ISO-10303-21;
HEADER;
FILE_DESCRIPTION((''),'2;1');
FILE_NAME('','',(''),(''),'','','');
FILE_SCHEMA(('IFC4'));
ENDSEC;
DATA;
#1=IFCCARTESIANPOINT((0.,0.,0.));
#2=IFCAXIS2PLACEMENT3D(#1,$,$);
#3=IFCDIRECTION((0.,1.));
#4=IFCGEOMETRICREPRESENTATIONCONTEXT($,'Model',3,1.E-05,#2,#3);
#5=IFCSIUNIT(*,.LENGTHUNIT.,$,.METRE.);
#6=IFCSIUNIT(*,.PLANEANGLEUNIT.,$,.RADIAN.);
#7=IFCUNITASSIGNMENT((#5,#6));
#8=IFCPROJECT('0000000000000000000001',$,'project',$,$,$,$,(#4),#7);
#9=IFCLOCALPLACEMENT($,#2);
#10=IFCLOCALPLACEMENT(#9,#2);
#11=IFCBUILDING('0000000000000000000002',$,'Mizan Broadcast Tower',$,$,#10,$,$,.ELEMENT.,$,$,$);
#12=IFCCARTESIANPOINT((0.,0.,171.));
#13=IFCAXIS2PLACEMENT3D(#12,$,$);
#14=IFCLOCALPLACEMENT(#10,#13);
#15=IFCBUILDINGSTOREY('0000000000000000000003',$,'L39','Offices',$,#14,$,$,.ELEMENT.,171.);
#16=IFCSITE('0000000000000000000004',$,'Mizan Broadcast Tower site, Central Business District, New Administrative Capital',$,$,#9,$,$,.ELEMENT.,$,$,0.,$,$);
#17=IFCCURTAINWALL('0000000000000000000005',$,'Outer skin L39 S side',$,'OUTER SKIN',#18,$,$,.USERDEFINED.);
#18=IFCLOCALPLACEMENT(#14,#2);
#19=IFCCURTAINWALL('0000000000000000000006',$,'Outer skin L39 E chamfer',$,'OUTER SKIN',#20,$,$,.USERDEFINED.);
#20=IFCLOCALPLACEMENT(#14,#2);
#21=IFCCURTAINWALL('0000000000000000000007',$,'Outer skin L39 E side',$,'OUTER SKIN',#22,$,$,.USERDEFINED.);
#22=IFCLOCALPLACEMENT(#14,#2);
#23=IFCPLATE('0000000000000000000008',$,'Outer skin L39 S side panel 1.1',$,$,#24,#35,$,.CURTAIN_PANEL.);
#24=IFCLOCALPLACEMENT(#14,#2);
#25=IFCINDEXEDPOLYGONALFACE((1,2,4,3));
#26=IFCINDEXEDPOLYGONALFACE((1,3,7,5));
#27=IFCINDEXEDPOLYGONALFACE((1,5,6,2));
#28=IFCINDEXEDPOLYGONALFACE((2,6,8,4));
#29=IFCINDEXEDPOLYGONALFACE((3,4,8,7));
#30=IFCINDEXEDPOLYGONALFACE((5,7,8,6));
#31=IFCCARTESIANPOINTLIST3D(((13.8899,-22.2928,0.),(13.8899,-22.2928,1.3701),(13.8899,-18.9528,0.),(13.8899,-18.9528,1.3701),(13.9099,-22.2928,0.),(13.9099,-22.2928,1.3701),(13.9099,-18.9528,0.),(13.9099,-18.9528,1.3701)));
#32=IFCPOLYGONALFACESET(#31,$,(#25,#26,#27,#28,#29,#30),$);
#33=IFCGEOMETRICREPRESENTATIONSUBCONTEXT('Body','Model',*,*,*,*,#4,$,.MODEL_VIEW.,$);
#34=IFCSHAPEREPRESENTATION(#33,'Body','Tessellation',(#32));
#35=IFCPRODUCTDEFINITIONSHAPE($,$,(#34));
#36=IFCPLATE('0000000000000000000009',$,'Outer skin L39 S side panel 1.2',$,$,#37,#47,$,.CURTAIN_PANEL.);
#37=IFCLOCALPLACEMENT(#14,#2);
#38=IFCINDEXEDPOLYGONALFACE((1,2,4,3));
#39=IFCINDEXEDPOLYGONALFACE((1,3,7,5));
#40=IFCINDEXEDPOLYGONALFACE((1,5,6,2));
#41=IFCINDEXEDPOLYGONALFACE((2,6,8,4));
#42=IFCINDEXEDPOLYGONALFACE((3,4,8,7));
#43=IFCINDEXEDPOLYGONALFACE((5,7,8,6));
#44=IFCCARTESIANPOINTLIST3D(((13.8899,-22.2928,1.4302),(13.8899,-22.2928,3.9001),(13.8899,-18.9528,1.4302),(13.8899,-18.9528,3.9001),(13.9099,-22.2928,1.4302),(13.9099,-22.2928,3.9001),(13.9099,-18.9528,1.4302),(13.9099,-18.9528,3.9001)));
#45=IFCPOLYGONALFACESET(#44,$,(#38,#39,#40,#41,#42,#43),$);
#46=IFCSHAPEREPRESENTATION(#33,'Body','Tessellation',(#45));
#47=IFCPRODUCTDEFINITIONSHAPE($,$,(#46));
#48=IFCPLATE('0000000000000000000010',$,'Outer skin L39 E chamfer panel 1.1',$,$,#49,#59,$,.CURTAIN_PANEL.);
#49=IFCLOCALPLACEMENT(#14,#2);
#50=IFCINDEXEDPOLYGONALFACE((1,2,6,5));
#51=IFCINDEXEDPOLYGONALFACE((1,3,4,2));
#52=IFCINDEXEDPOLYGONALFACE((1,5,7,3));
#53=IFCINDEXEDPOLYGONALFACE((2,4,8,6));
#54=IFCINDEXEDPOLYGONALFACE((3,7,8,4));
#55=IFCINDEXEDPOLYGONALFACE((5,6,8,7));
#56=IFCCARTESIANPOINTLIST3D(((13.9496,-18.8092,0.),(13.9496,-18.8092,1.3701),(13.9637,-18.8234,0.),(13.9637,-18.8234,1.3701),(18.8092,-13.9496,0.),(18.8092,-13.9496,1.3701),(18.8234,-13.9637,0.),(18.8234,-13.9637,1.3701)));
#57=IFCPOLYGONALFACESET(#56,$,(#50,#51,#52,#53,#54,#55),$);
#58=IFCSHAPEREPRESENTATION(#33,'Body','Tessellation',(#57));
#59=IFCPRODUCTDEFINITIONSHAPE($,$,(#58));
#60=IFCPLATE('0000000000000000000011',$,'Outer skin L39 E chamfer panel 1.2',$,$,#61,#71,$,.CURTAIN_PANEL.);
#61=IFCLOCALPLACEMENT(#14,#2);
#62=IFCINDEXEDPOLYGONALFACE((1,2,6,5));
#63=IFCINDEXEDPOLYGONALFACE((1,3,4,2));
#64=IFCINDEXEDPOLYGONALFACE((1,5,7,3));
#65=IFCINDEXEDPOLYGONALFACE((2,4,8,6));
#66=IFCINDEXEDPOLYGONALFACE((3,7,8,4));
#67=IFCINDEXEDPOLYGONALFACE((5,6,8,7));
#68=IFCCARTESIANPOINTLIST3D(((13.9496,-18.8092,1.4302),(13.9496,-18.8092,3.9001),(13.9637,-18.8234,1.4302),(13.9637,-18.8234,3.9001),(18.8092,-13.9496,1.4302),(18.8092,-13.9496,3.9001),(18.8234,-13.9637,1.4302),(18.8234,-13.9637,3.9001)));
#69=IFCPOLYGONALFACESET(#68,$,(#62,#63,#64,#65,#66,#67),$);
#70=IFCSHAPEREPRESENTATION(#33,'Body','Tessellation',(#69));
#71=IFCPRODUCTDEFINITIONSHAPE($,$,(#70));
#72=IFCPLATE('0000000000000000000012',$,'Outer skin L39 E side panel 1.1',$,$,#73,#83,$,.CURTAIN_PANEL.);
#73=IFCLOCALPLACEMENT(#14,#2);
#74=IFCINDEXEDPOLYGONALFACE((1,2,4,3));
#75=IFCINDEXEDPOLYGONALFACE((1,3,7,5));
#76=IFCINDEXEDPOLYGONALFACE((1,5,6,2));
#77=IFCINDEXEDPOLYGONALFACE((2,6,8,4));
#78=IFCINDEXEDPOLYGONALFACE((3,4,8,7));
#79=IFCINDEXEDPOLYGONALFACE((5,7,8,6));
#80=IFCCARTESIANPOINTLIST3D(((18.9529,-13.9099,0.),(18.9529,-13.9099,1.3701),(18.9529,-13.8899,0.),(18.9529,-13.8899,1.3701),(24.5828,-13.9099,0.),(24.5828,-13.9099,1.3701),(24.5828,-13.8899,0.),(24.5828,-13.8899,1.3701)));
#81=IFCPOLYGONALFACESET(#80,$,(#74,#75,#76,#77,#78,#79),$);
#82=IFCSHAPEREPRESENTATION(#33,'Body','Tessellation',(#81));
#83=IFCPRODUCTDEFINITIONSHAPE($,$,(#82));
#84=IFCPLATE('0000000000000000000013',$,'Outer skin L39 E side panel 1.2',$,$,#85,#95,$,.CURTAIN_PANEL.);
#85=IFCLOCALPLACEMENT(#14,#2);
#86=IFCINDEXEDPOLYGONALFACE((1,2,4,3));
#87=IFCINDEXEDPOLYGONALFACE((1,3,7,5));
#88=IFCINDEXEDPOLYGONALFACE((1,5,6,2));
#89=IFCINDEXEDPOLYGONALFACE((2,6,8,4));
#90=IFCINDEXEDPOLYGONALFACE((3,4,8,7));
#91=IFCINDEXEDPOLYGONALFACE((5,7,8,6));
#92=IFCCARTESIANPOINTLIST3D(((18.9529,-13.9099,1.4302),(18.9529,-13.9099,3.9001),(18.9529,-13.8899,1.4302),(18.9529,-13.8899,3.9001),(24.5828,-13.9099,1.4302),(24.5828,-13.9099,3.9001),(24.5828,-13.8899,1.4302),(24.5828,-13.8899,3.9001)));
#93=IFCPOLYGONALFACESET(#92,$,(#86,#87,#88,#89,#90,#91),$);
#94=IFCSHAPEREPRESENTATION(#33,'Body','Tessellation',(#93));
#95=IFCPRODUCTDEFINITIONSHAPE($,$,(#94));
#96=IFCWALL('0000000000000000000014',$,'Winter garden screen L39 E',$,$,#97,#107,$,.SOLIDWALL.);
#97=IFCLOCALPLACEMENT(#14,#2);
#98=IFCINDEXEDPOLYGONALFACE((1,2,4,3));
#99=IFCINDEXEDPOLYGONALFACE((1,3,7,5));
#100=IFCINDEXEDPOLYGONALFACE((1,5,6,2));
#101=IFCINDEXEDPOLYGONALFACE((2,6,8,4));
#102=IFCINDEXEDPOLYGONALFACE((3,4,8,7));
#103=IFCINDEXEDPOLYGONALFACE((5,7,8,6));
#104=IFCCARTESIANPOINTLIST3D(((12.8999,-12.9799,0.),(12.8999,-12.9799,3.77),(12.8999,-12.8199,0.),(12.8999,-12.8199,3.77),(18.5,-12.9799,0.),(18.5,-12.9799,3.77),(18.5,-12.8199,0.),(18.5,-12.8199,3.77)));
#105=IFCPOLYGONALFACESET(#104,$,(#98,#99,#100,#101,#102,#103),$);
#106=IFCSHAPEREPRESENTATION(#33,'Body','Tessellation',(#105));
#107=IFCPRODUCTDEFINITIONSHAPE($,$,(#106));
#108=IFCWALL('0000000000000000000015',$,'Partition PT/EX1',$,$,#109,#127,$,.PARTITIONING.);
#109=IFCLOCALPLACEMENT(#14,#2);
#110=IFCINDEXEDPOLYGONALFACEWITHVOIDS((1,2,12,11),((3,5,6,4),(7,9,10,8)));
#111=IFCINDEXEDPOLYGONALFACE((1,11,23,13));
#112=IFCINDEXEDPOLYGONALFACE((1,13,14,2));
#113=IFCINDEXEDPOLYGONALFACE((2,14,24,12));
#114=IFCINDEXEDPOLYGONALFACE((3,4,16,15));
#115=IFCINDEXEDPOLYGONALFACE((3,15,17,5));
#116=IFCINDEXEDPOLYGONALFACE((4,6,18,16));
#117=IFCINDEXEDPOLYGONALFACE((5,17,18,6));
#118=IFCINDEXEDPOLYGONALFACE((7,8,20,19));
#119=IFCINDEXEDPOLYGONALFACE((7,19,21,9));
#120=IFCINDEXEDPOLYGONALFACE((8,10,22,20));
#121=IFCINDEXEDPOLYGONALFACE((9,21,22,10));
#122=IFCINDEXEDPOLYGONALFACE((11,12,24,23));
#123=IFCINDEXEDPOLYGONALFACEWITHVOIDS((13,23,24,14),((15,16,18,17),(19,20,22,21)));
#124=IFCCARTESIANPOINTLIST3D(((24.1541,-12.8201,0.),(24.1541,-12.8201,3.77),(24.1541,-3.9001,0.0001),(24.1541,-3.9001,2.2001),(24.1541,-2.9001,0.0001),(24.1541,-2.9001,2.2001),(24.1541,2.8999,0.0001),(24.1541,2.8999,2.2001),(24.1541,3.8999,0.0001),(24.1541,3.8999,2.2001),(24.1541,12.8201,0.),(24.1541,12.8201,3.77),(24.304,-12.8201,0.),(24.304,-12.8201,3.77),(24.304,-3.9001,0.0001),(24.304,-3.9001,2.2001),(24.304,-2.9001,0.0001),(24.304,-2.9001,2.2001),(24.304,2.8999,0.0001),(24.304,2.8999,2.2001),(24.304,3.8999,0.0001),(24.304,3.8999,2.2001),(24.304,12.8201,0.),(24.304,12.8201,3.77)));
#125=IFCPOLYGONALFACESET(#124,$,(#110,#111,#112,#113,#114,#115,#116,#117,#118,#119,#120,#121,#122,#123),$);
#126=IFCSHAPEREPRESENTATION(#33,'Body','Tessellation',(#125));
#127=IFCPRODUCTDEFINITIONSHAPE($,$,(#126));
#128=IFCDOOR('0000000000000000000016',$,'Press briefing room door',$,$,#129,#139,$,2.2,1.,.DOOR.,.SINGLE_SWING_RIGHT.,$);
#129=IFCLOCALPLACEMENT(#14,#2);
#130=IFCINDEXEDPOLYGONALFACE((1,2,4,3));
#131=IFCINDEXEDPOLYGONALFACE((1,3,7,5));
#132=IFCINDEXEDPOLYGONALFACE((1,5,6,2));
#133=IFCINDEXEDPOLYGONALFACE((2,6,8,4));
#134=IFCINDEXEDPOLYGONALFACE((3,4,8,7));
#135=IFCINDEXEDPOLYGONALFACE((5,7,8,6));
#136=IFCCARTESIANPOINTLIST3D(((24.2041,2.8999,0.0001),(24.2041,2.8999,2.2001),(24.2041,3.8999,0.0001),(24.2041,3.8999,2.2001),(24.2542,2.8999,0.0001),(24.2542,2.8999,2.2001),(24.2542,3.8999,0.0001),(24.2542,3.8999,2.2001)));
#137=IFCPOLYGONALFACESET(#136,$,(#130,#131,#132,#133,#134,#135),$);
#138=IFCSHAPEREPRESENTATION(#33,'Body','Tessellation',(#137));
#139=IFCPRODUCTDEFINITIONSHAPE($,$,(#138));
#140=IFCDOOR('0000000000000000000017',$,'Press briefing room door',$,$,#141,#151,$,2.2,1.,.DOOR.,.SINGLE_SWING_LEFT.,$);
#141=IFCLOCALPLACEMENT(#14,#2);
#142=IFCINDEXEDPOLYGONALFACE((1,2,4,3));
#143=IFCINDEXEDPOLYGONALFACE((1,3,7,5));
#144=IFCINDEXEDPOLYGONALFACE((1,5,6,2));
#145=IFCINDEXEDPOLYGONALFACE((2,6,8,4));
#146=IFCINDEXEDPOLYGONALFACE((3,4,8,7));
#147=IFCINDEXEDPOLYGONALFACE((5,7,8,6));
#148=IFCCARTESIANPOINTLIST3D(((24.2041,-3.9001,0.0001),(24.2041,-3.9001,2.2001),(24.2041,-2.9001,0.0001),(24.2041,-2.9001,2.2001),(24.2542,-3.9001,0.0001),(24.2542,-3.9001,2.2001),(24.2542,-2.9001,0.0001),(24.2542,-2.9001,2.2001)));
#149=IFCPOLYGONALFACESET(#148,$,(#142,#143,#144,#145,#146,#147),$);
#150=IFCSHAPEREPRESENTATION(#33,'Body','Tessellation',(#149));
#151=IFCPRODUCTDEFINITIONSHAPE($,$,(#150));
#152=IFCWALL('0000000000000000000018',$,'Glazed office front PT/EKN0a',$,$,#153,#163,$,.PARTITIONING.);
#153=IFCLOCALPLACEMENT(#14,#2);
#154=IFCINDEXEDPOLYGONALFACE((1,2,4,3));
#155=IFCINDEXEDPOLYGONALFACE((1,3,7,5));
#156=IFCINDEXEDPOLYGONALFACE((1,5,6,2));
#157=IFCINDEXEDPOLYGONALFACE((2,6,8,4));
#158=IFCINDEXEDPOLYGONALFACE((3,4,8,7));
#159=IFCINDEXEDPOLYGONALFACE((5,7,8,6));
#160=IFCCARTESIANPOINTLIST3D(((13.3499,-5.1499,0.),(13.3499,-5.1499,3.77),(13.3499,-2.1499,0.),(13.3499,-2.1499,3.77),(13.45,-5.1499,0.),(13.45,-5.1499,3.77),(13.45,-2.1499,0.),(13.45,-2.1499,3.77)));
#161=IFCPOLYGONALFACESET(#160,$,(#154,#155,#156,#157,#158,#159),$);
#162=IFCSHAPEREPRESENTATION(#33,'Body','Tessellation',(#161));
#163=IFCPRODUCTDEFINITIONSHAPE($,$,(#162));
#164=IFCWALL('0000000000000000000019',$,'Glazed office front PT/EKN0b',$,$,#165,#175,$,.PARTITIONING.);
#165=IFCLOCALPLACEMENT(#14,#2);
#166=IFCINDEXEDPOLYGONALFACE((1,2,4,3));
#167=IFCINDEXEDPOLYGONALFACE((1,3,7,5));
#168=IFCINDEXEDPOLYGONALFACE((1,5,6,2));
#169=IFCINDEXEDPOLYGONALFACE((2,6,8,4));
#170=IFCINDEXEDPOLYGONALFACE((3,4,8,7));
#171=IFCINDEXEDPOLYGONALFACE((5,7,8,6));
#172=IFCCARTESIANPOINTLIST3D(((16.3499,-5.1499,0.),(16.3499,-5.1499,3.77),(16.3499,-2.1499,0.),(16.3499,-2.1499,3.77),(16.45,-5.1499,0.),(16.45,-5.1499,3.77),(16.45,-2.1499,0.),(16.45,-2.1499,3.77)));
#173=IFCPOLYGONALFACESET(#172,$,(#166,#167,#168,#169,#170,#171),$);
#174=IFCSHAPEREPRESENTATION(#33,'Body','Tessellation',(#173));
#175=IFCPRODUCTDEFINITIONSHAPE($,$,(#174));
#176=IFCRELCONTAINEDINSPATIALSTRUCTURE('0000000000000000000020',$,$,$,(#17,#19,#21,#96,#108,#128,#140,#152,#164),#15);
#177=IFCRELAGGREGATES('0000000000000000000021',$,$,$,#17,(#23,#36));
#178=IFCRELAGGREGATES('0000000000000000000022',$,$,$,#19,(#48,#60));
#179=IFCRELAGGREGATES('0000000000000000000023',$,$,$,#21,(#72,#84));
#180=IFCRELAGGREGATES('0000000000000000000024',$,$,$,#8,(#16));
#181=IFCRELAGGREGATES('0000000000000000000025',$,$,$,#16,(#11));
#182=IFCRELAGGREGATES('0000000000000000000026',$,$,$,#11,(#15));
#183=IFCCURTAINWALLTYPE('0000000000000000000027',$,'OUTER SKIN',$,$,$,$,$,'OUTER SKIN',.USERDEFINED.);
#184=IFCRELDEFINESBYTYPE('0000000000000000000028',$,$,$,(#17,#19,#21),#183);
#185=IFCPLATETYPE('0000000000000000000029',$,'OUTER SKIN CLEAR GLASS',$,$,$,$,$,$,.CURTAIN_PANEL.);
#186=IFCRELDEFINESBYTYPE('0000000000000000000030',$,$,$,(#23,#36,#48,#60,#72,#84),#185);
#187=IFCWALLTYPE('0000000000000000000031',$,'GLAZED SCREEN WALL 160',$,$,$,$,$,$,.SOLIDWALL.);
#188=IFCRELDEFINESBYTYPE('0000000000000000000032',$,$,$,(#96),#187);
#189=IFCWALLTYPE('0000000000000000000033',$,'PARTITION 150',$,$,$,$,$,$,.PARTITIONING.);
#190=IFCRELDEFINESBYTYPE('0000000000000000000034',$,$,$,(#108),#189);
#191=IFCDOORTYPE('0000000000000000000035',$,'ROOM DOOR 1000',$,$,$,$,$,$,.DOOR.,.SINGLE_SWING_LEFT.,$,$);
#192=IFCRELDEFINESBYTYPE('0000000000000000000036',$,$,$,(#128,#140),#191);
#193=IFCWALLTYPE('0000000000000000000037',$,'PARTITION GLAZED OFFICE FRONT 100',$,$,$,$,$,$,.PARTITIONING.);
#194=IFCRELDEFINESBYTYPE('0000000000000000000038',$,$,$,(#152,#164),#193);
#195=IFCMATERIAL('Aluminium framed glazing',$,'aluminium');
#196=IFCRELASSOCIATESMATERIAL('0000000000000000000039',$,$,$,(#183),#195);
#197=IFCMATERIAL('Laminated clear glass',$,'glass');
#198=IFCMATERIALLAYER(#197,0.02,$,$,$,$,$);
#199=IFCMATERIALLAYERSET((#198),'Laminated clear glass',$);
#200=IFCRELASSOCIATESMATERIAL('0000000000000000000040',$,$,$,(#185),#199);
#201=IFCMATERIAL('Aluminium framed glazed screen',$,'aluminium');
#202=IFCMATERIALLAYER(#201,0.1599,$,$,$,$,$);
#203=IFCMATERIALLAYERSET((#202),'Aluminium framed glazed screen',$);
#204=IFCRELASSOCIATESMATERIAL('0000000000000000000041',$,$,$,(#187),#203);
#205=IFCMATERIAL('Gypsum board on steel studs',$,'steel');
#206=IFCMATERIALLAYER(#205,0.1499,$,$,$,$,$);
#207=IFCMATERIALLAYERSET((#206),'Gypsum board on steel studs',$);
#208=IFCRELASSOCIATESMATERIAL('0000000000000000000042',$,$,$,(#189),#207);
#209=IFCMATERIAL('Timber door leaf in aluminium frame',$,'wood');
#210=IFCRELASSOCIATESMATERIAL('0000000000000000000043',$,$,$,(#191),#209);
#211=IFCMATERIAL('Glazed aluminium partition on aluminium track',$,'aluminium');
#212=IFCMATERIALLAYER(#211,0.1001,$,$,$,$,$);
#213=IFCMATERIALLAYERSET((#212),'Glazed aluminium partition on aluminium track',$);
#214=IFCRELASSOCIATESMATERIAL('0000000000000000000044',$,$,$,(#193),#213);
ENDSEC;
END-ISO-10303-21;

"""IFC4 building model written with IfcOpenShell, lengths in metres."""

from ifc_helpers import new_model, si_unit, direction, frame, frame_2d, origin, origin_2d, place, context, subcontext, project, spatial, rectangle, extrude, material, layer, layer_set, type_object, element, fill, aggregate, save


model = new_model("IFC4")

# Units and contexts
model_context = context("Model", 3, precision=1e-05, world=origin(), true_north=direction((0.0, 1.0)))
body_context = subcontext(model_context, "Body", "Model", "MODEL_VIEW")
ifc_project = project(units=[si_unit("LENGTHUNIT", "METRE"), si_unit("PLANEANGLEUNIT", "RADIAN")], contexts=[model_context])

# Site, building, storey
site_placement = place(None, origin())
site = spatial("IfcSite", under=ifc_project, at=site_placement, Name="Mizan Broadcast Tower site, Central Business District, New Administrative Capital", CompositionType="ELEMENT", RefElevation=0.0)
building_placement = place(site_placement, origin())
building = spatial("IfcBuilding", under=site, at=building_placement, Name="Mizan Broadcast Tower", CompositionType="ELEMENT")
storey_placement = place(building_placement, frame((0.0, 0.0, 171.0)))
storey = spatial("IfcBuildingStorey", under=building, at=storey_placement, Name="L39", Description="Offices", CompositionType="ELEMENT", Elevation=171.0)

# Curtain walls
ifc_material_1 = material(Name="Aluminium framed glazing", Category="aluminium")
curtain_wall_type_1 = type_object("IfcCurtainWallType", Name="OUTER SKIN", ElementType="OUTER SKIN", PredefinedType="USERDEFINED", material=ifc_material_1)
curtain_wall_1_placement = place(storey_placement, origin())
curtain_wall_1 = element("IfcCurtainWall", 1, at=curtain_wall_1_placement, inside=storey, type_object=curtain_wall_type_1, Name="Outer skin L39 S side", ObjectType="OUTER SKIN", PredefinedType="USERDEFINED")
curtain_wall_2_placement = place(storey_placement, origin())
curtain_wall_2 = element("IfcCurtainWall", 2, at=curtain_wall_2_placement, inside=storey, type_object=curtain_wall_type_1, Name="Outer skin L39 E chamfer", ObjectType="OUTER SKIN", PredefinedType="USERDEFINED")
curtain_wall_3_placement = place(storey_placement, origin())
curtain_wall_3 = element("IfcCurtainWall", 3, at=curtain_wall_3_placement, inside=storey, type_object=curtain_wall_type_1, Name="Outer skin L39 E side", ObjectType="OUTER SKIN", PredefinedType="USERDEFINED")

# Plates
ifc_material_2 = material(Name="Laminated clear glass", Category="glass")
ifc_layer_1 = layer(ifc_material_2, 0.02)
ifc_layer_set_1 = layer_set([ifc_layer_1], Name="Laminated clear glass")
plate_type_1 = type_object("IfcPlateType", Name="OUTER SKIN CLEAR GLASS", PredefinedType="CURTAIN_PANEL", material=ifc_layer_set_1)
plate_1_placement = place(storey_placement, frame((13.8999, -20.6228, 0.0), z_axis=(0.0, 0.0, 1.0), x_axis=(0.0, 1.0, 0.0)))
plate_1 = element("IfcPlate", 4, at=plate_1_placement, type_object=plate_type_1, Name="Outer skin L39 S side panel 1.1", PredefinedType="CURTAIN_PANEL", context=body_context, shape_type="SweptSolid", body=[
    extrude(rectangle(XDim=3.3401, YDim=0.02, at=origin_2d()), origin(), (0.0, 0.0, 1.0), 1.3701),
])
plate_2_placement = place(storey_placement, frame((13.8999, -20.6228, 1.4302), z_axis=(0.0, 0.0, 1.0), x_axis=(0.0, 1.0, 0.0)))
plate_2 = element("IfcPlate", 5, at=plate_2_placement, type_object=plate_type_1, Name="Outer skin L39 S side panel 1.2", PredefinedType="CURTAIN_PANEL", context=body_context, shape_type="SweptSolid", body=[
    extrude(rectangle(XDim=3.3401, YDim=0.02, at=origin_2d()), origin(), (0.0, 0.0, 1.0), 2.47),
])
aggregate(curtain_wall_1, [plate_1, plate_2])
plate_3_placement = place(storey_placement, frame((16.3865, -16.3865, 0.0), z_axis=(0.0, 0.0, 1.0), x_axis=(0.707107, 0.707107, 0.0)))
plate_3 = element("IfcPlate", 6, at=plate_3_placement, type_object=plate_type_1, Name="Outer skin L39 E chamfer panel 1.1", PredefinedType="CURTAIN_PANEL", context=body_context, shape_type="SweptSolid", body=[
    extrude(rectangle(XDim=6.8726, YDim=0.02, at=origin_2d()), origin(), (0.0, 0.0, 1.0), 1.3701),
])
plate_4_placement = place(storey_placement, frame((16.3865, -16.3865, 1.4302), z_axis=(0.0, 0.0, 1.0), x_axis=(0.707107, 0.707107, 0.0)))
plate_4 = element("IfcPlate", 7, at=plate_4_placement, type_object=plate_type_1, Name="Outer skin L39 E chamfer panel 1.2", PredefinedType="CURTAIN_PANEL", context=body_context, shape_type="SweptSolid", body=[
    extrude(rectangle(XDim=6.8726, YDim=0.02, at=origin_2d()), origin(), (0.0, 0.0, 1.0), 2.47),
])
aggregate(curtain_wall_2, [plate_3, plate_4])
plate_5_placement = place(storey_placement, frame((21.7678, -13.8999, 0.0), z_axis=(0.0, 0.0, 1.0), x_axis=(1.0, 0.0, 0.0)))
plate_5 = element("IfcPlate", 8, at=plate_5_placement, type_object=plate_type_1, Name="Outer skin L39 E side panel 1.1", PredefinedType="CURTAIN_PANEL", context=body_context, shape_type="SweptSolid", body=[
    extrude(rectangle(XDim=5.6299, YDim=0.02, at=origin_2d()), origin(), (0.0, 0.0, 1.0), 1.3701),
])
plate_6_placement = place(storey_placement, frame((21.7678, -13.8999, 1.4302), z_axis=(0.0, 0.0, 1.0), x_axis=(1.0, 0.0, 0.0)))
plate_6 = element("IfcPlate", 9, at=plate_6_placement, type_object=plate_type_1, Name="Outer skin L39 E side panel 1.2", PredefinedType="CURTAIN_PANEL", context=body_context, shape_type="SweptSolid", body=[
    extrude(rectangle(XDim=5.6299, YDim=0.02, at=origin_2d()), origin(), (0.0, 0.0, 1.0), 2.47),
])
aggregate(curtain_wall_3, [plate_5, plate_6])

# Wall
ifc_material_3 = material(Name="Aluminium framed glazed screen", Category="aluminium")
ifc_layer_2 = layer(ifc_material_3, 0.1599)
ifc_layer_set_2 = layer_set([ifc_layer_2], Name="Aluminium framed glazed screen")
wall_type_1 = type_object("IfcWallType", Name="GLAZED SCREEN WALL 160", PredefinedType="SOLIDWALL", material=ifc_layer_set_2)
wall_1_placement = place(storey_placement, frame((12.8999, -12.8999, 0.0), z_axis=(0.0, 0.0, 1.0), x_axis=(1.0, 0.0, 0.0)))
element("IfcWall", 10, at=wall_1_placement, inside=storey, type_object=wall_type_1, Name="Winter garden screen L39 E", PredefinedType="SOLIDWALL", context=body_context, shape_type="SweptSolid", body=[
    extrude(rectangle(XDim=5.6001, YDim=0.1599, at=frame_2d((2.8, 0.0))), origin(), (0.0, 0.0, 1.0), 3.77),
])

# Wall, openings, doors
ifc_material_4 = material(Name="Gypsum board on steel studs", Category="steel")
ifc_layer_3 = layer(ifc_material_4, 0.1499)
ifc_layer_set_3 = layer_set([ifc_layer_3], Name="Gypsum board on steel studs")
wall_type_2 = type_object("IfcWallType", Name="PARTITION 150", PredefinedType="PARTITIONING", material=ifc_layer_set_3)
wall_2_placement = place(storey_placement, frame((24.229, -12.8201, 0.0), z_axis=(0.0, 0.0, 1.0), x_axis=(0.0, 1.0, 0.0)))
wall_2 = element("IfcWall", 11, at=wall_2_placement, inside=storey, type_object=wall_type_2, Name="Partition PT/EX1", PredefinedType="PARTITIONING", context=body_context, shape_type="SweptSolid", body=[
    extrude(rectangle(XDim=25.6401, YDim=0.1499, at=frame_2d((12.8201, 0.0))), origin(), (0.0, 0.0, 1.0), 3.77),
])
opening_1_placement = place(wall_2_placement, frame((15.72, 0.0, 0.0)))
opening_1 = element("IfcOpeningElement", 12, at=opening_1_placement, cuts=wall_2, PredefinedType="OPENING", context=body_context, shape_type="SweptSolid", body=[
    extrude(rectangle(XDim=1.0, YDim=2.2, at=frame_2d((0.5, 1.1001))), frame((0.0, 0.085, 0.0), z_axis=(0.0, -1.0, 0.0), x_axis=(1.0, 0.0, 0.0)), (0.0, 0.0, 1.0), 0.1699),
])
opening_2_placement = place(wall_2_placement, frame((8.9199, 0.0, 0.0)))
opening_2 = element("IfcOpeningElement", 13, at=opening_2_placement, cuts=wall_2, PredefinedType="OPENING", context=body_context, shape_type="SweptSolid", body=[
    extrude(rectangle(XDim=1.0, YDim=2.2, at=frame_2d((0.5, 1.1001))), frame((0.0, 0.085, 0.0), z_axis=(0.0, -1.0, 0.0), x_axis=(1.0, 0.0, 0.0)), (0.0, 0.0, 1.0), 0.1699),
])
ifc_material_5 = material(Name="Timber door leaf in aluminium frame", Category="wood")
door_type_1 = type_object("IfcDoorType", Name="ROOM DOOR 1000", OperationType="SINGLE_SWING_LEFT", PredefinedType="DOOR", material=ifc_material_5)
door_1_placement = place(opening_1_placement, origin())
door_1 = element("IfcDoor", 14, at=door_1_placement, inside=storey, type_object=door_type_1, Name="Press briefing room door", OperationType="SINGLE_SWING_RIGHT", OverallHeight=2.2, OverallWidth=1.0, PredefinedType="DOOR", context=body_context, shape_type="SweptSolid", body=[
    extrude(rectangle(XDim=1.0, YDim=2.2, at=frame_2d((0.5, 1.1001))), frame((0.0, 0.0249, 0.0), z_axis=(0.0, -1.0, 0.0), x_axis=(1.0, 0.0, 0.0)), (0.0, 0.0, 1.0), 0.05),
])
fill(opening_1, door_1)
door_2_placement = place(opening_2_placement, origin())
door_2 = element("IfcDoor", 15, at=door_2_placement, inside=storey, type_object=door_type_1, Name="Press briefing room door", OperationType="SINGLE_SWING_LEFT", OverallHeight=2.2, OverallWidth=1.0, PredefinedType="DOOR", context=body_context, shape_type="SweptSolid", body=[
    extrude(rectangle(XDim=1.0, YDim=2.2, at=frame_2d((0.5, 1.1001))), frame((0.0, 0.0249, 0.0), z_axis=(0.0, -1.0, 0.0), x_axis=(1.0, 0.0, 0.0)), (0.0, 0.0, 1.0), 0.05),
])
fill(opening_2, door_2)

# Walls
ifc_material_6 = material(Name="Glazed aluminium partition on aluminium track", Category="aluminium")
ifc_layer_4 = layer(ifc_material_6, 0.1001)
ifc_layer_set_4 = layer_set([ifc_layer_4], Name="Glazed aluminium partition on aluminium track")
wall_type_3 = type_object("IfcWallType", Name="PARTITION GLAZED OFFICE FRONT 100", PredefinedType="PARTITIONING", material=ifc_layer_set_4)
for number, where, z_axis, x_axis, name in (
    (16, (13.3999, -2.1499, 0.0), (0.0, 0.0, 1.0), (0.0, -1.0, 0.0), "Glazed office front PT/EKN0a"),
    (17, (16.3999, -2.1499, 0.0), (0.0, 0.0, 1.0), (0.0, -1.0, 0.0), "Glazed office front PT/EKN0b"),
):
    element("IfcWall", number, at=place(storey_placement, frame(where, z_axis=z_axis, x_axis=x_axis)), inside=storey, type_object=wall_type_3, Name=name, PredefinedType="PARTITIONING", context=body_context, shape_type="SweptSolid", body=[
        extrude(rectangle(XDim=3.0, YDim=0.1001, at=frame_2d((1.5, 0.0))), origin(), (0.0, 0.0, 1.0), 3.77),
    ])

save(model, "model.ifc")
